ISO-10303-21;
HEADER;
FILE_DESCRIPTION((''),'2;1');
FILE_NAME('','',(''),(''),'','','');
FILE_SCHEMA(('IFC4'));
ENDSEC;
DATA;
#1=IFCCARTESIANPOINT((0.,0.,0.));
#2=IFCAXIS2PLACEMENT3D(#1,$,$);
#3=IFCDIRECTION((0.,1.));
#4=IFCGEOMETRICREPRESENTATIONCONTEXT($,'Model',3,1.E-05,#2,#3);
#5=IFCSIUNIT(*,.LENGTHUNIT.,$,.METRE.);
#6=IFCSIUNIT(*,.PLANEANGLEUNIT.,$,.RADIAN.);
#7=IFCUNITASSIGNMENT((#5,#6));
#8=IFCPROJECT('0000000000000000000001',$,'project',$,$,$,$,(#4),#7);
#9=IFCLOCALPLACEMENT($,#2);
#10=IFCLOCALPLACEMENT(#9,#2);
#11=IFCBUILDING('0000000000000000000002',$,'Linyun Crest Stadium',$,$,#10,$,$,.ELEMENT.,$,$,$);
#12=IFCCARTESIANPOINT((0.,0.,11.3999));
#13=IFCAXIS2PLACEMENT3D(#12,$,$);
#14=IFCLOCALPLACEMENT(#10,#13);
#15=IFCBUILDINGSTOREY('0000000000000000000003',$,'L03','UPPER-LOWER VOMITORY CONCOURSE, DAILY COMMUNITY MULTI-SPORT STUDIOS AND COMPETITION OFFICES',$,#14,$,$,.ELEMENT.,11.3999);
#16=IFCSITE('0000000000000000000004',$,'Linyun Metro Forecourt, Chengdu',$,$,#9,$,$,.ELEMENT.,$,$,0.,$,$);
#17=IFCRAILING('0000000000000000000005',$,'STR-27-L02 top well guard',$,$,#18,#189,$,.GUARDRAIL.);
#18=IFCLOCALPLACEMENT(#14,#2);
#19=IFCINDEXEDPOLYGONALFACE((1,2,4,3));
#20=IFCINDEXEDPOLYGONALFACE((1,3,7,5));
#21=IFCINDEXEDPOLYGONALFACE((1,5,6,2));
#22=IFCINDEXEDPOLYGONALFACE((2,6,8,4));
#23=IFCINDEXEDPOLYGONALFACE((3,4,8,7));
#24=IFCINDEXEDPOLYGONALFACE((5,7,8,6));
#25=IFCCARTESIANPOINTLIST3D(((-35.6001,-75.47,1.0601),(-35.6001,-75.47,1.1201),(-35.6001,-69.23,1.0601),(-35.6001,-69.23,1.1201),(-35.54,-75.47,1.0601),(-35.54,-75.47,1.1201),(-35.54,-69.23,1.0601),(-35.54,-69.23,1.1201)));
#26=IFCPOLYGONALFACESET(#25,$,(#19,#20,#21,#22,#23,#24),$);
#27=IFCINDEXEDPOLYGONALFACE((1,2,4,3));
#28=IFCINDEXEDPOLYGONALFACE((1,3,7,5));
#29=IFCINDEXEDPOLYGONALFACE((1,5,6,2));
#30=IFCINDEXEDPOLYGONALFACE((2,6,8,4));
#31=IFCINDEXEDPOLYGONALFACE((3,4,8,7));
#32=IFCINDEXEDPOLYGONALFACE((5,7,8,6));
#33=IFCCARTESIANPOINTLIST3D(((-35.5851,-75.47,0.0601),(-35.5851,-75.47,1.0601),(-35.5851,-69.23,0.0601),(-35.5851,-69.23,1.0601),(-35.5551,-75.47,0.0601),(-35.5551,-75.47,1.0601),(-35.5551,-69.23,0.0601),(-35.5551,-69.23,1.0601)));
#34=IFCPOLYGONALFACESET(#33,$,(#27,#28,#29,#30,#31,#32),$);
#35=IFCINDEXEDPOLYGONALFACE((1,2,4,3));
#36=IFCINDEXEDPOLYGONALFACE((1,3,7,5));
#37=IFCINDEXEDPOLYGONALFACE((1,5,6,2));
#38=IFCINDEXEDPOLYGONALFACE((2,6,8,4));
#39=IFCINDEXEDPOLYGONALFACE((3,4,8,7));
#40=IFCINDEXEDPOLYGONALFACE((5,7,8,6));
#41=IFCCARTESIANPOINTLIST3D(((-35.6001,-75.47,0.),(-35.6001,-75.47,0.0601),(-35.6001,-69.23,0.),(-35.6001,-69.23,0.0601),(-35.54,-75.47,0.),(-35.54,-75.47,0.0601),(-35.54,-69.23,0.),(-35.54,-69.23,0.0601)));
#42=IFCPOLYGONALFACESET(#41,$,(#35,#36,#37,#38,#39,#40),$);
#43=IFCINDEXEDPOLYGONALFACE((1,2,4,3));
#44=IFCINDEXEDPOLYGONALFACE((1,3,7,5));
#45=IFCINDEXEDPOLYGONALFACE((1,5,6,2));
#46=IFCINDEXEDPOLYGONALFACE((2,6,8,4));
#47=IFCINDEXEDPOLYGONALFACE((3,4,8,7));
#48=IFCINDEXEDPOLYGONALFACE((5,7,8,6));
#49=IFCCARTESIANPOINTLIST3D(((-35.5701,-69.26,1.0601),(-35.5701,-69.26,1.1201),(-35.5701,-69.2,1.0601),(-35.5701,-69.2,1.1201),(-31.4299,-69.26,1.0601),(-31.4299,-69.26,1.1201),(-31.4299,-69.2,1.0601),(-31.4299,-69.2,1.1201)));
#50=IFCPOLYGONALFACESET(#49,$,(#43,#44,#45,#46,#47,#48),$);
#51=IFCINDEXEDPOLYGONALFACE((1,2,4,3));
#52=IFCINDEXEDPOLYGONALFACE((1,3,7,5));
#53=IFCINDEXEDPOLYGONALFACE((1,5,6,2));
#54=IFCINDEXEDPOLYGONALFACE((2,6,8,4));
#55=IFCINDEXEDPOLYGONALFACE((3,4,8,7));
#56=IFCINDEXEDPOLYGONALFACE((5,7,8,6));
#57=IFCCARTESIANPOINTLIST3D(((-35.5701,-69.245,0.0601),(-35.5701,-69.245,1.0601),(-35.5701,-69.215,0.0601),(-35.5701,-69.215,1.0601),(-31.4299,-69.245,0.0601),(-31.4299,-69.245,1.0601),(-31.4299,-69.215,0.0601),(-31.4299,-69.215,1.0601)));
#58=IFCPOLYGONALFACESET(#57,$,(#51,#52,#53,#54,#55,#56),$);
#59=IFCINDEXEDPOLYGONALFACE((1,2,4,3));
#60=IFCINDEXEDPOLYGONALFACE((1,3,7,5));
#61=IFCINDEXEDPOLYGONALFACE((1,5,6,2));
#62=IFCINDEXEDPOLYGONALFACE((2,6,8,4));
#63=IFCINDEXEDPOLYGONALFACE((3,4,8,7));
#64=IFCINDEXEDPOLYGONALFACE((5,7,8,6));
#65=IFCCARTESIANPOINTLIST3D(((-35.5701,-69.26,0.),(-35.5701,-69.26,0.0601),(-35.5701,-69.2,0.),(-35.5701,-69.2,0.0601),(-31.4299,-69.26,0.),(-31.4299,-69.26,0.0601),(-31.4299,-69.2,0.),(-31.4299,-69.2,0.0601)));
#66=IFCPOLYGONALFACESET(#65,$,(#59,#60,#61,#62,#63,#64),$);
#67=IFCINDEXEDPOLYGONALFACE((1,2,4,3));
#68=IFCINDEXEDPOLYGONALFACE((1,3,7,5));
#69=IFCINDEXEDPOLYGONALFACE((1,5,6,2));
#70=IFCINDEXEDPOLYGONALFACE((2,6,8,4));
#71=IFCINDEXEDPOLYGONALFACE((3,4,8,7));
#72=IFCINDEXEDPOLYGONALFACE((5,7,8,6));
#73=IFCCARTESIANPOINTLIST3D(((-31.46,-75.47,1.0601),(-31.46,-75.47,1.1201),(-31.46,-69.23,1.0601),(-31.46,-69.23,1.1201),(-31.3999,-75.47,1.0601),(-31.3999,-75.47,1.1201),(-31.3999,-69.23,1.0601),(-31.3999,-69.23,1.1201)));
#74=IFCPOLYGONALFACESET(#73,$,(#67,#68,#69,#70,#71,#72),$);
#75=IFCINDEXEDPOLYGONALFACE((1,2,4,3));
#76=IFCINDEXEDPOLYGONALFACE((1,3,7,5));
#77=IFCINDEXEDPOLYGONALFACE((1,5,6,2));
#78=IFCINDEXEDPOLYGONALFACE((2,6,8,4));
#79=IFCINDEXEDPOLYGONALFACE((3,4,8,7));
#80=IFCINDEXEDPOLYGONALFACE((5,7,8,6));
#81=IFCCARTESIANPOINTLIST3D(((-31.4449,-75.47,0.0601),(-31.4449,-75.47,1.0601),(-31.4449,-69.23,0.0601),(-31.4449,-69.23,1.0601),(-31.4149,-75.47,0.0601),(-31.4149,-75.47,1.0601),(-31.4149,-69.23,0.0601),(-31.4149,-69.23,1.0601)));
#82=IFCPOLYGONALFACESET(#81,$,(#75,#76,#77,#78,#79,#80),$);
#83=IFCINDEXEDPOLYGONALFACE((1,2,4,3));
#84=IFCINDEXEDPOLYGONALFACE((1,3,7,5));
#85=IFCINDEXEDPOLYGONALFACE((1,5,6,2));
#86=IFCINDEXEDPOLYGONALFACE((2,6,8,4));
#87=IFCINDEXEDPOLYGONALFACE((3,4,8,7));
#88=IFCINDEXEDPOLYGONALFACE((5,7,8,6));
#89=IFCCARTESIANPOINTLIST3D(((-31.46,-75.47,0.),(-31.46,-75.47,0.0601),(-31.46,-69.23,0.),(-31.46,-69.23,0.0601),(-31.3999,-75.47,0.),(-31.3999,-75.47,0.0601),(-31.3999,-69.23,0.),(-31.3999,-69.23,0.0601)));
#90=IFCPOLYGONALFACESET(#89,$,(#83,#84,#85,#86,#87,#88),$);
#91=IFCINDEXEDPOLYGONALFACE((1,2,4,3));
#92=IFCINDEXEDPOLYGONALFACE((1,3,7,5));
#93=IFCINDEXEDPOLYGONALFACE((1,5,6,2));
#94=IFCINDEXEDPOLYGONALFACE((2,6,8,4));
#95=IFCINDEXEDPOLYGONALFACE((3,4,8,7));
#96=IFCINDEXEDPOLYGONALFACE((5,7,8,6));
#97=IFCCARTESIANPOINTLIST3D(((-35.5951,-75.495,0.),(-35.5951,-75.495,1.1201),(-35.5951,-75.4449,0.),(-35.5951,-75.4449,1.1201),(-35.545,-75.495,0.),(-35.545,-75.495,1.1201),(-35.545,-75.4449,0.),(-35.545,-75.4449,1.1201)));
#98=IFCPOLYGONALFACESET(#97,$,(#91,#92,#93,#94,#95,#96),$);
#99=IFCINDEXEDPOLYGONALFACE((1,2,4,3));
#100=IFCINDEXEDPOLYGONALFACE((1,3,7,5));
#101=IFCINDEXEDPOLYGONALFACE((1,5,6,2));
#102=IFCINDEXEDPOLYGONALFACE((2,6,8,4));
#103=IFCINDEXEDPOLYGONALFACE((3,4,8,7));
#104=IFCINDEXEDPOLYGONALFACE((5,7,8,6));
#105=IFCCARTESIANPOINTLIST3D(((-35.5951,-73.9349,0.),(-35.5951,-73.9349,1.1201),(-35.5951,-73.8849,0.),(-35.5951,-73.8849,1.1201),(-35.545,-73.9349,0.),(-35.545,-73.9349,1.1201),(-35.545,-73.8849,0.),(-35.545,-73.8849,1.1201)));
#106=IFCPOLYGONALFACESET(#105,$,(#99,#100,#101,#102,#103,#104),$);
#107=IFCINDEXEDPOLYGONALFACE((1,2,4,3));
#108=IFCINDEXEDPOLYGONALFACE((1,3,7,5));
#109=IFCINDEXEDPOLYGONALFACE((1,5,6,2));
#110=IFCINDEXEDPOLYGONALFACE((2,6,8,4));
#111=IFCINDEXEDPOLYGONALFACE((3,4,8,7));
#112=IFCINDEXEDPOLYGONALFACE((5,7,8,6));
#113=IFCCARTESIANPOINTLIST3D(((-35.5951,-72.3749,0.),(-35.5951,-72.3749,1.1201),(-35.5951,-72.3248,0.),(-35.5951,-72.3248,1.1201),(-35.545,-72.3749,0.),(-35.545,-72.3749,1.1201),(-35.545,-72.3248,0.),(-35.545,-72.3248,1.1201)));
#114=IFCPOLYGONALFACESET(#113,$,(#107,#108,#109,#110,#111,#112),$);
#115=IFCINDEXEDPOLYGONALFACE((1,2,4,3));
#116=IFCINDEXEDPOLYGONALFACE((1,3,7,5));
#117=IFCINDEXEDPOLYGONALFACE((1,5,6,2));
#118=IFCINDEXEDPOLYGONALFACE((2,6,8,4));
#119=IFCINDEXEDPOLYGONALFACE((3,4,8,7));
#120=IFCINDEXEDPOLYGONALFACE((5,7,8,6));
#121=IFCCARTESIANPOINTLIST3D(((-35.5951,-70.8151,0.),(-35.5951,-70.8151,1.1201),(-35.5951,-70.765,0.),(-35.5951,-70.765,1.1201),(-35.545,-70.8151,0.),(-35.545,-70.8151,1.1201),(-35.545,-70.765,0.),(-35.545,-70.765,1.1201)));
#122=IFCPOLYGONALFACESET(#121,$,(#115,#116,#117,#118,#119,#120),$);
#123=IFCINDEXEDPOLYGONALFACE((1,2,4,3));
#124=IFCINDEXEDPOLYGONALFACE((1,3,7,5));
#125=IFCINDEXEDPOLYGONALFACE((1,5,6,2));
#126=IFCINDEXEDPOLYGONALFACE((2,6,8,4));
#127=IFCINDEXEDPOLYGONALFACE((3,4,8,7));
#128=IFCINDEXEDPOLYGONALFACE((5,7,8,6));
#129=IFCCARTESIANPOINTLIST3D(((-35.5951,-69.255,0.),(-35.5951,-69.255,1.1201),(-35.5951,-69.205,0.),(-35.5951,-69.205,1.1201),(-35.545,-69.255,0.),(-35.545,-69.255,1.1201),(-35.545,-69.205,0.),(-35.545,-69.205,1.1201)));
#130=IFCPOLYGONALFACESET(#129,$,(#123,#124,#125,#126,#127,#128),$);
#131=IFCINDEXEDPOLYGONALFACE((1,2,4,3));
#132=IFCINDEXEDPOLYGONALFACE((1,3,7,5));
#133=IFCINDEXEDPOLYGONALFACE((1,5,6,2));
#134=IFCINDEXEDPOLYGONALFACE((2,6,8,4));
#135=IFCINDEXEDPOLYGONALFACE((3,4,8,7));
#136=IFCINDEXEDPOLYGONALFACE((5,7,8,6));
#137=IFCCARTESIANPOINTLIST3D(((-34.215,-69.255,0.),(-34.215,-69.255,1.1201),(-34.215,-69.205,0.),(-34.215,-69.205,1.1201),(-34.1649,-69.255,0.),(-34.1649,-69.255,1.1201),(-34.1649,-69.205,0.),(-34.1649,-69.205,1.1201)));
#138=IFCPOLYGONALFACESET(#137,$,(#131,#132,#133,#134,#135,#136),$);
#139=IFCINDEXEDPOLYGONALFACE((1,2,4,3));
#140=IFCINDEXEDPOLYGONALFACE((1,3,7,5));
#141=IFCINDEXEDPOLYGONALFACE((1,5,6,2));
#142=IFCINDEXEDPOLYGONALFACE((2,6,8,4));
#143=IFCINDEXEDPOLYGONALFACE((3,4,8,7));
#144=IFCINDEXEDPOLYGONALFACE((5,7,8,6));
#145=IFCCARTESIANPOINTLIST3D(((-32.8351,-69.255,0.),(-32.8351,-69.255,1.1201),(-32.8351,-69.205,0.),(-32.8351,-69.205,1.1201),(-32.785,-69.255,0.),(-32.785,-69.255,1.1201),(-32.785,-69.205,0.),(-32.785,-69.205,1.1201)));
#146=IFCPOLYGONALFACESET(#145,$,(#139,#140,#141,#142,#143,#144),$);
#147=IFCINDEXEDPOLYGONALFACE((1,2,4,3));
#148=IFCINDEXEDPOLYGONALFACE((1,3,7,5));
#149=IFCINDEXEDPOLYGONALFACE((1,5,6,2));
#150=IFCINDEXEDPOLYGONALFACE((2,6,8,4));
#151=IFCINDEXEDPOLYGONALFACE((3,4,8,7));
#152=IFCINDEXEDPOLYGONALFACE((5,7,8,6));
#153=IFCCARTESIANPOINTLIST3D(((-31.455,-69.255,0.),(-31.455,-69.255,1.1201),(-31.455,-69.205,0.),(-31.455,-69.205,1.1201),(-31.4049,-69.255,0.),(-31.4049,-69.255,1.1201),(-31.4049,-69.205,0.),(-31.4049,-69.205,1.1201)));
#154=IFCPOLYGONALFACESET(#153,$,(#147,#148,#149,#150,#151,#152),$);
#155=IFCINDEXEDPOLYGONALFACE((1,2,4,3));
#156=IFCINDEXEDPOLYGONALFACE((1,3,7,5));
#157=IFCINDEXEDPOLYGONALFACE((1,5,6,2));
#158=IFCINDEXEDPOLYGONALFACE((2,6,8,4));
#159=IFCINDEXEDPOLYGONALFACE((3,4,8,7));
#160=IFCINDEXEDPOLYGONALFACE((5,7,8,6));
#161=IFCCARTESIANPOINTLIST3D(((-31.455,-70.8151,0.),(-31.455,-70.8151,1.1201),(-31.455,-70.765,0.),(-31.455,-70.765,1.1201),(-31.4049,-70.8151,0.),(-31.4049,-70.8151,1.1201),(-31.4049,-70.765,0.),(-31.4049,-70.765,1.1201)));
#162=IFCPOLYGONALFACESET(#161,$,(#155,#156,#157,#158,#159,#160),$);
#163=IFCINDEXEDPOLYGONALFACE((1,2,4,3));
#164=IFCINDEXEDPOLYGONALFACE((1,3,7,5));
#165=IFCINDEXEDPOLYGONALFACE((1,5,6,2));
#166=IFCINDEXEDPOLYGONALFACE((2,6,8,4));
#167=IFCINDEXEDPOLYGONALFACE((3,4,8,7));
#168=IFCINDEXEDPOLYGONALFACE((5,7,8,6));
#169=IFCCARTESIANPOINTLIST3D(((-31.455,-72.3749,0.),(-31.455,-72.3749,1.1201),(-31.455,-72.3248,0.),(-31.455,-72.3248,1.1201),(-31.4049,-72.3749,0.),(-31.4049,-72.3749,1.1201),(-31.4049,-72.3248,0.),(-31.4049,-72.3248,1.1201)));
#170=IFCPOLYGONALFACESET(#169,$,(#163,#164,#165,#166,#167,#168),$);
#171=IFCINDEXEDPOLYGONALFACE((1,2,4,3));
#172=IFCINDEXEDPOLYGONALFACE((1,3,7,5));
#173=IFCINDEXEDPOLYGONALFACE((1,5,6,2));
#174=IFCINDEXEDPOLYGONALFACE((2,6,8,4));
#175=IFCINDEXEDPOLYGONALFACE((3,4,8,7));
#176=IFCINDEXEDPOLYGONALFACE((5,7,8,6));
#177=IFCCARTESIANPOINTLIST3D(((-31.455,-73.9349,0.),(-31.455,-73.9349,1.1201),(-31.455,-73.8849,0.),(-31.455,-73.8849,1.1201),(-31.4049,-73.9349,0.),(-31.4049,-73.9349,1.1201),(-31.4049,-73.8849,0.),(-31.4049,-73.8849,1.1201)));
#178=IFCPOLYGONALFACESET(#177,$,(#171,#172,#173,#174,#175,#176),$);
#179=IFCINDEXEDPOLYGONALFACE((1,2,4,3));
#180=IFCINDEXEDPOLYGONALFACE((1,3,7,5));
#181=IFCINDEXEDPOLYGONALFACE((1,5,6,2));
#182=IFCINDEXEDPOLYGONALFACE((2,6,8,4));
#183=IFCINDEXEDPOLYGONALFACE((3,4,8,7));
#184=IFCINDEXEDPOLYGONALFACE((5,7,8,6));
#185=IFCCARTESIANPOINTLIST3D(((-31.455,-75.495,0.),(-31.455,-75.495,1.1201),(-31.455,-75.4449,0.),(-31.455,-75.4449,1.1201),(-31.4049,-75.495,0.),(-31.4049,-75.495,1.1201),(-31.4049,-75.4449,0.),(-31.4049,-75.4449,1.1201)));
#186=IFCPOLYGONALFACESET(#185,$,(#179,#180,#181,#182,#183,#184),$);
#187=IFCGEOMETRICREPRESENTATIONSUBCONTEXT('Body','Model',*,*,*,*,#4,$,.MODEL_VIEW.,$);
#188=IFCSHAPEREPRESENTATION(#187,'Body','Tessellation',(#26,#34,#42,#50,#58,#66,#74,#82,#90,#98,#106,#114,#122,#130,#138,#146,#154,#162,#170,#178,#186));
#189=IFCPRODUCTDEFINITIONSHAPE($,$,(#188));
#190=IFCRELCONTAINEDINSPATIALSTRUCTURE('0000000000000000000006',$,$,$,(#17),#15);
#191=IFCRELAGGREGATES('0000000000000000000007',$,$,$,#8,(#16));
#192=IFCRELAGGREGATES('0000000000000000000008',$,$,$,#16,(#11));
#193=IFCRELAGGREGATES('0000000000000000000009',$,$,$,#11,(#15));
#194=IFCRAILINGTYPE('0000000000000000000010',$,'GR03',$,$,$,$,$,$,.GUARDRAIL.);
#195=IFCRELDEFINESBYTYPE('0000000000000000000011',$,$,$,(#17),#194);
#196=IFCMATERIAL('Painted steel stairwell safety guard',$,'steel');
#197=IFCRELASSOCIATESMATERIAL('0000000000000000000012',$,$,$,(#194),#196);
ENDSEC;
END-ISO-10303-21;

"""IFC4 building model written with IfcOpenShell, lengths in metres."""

from ifc_helpers import new_model, si_unit, direction, frame, origin, origin_2d, place, context, subcontext, project, spatial, rectangle, extrude, material, type_object, element, save


model = new_model("IFC4")

# Units and contexts
model_context = context("Model", 3, precision=1e-05, world=origin(), true_north=direction((0.0, 1.0)))
body_context = subcontext(model_context, "Body", "Model", "MODEL_VIEW")
ifc_project = project(units=[si_unit("LENGTHUNIT", "METRE"), si_unit("PLANEANGLEUNIT", "RADIAN")], contexts=[model_context])

# Site, building, storey
site_placement = place(None, origin())
site = spatial("IfcSite", under=ifc_project, at=site_placement, Name="Linyun Metro Forecourt, Chengdu", CompositionType="ELEMENT", RefElevation=0.0)
building_placement = place(site_placement, origin())
building = spatial("IfcBuilding", under=site, at=building_placement, Name="Linyun Crest Stadium", CompositionType="ELEMENT")
storey_placement = place(building_placement, frame((0.0, 0.0, 11.3999)))
storey = spatial("IfcBuildingStorey", under=building, at=storey_placement, Name="L03", Description="UPPER-LOWER VOMITORY CONCOURSE, DAILY COMMUNITY MULTI-SPORT STUDIOS AND COMPETITION OFFICES", CompositionType="ELEMENT", Elevation=11.3999)

# Railing
ifc_material_1 = material(Name="Painted steel stairwell safety guard", Category="steel")
railing_type_1 = type_object("IfcRailingType", Name="GR03", PredefinedType="GUARDRAIL", material=ifc_material_1)
railing_1_placement = place(storey_placement, frame((-35.5701, -75.47, 0.0)))
element("IfcRailing", 1, at=railing_1_placement, inside=storey, type_object=railing_type_1, Name="STR-27-L02 top well guard", PredefinedType="GUARDRAIL", context=body_context, shape_type="SweptSolid", body=[
    extrude(rectangle(XDim=0.0601, YDim=0.0601, at=origin_2d()), frame((0.0, 0.0, 1.0901), z_axis=(0.0, 1.0, 0.0), x_axis=(-1.0, 0.0, 0.0)), (0.0, 0.0, 1.0), 6.24),
    extrude(rectangle(XDim=0.03, YDim=1.0, at=origin_2d()), frame((0.0, 0.0, 0.5601), z_axis=(0.0, 1.0, 0.0), x_axis=(-1.0, 0.0, 0.0)), (0.0, 0.0, 1.0), 6.24),
    extrude(rectangle(XDim=0.0601, YDim=0.0601, at=origin_2d()), frame((0.0, 0.0, 0.03), z_axis=(0.0, 1.0, 0.0), x_axis=(-1.0, 0.0, 0.0)), (0.0, 0.0, 1.0), 6.24),
    extrude(rectangle(XDim=0.0601, YDim=0.0601, at=origin_2d()), frame((0.0, 6.24, 1.0901), z_axis=(1.0, 0.0, 0.0), x_axis=(0.0, 1.0, 0.0)), (0.0, 0.0, 1.0), 4.1401),
    extrude(rectangle(XDim=0.03, YDim=1.0, at=origin_2d()), frame((0.0, 6.24, 0.5601), z_axis=(1.0, 0.0, 0.0), x_axis=(0.0, 1.0, 0.0)), (0.0, 0.0, 1.0), 4.1401),
    extrude(rectangle(XDim=0.0601, YDim=0.0601, at=origin_2d()), frame((0.0, 6.24, 0.03), z_axis=(1.0, 0.0, 0.0), x_axis=(0.0, 1.0, 0.0)), (0.0, 0.0, 1.0), 4.1401),
    extrude(rectangle(XDim=0.0601, YDim=0.0601, at=origin_2d()), frame((4.1401, 6.24, 1.0901), z_axis=(0.0, -1.0, 0.0), x_axis=(1.0, 0.0, 0.0)), (0.0, 0.0, 1.0), 6.24),
    extrude(rectangle(XDim=0.03, YDim=1.0, at=origin_2d()), frame((4.1401, 6.24, 0.5601), z_axis=(0.0, -1.0, 0.0), x_axis=(1.0, 0.0, 0.0)), (0.0, 0.0, 1.0), 6.24),
    extrude(rectangle(XDim=0.0601, YDim=0.0601, at=origin_2d()), frame((4.1401, 6.24, 0.03), z_axis=(0.0, -1.0, 0.0), x_axis=(1.0, 0.0, 0.0)), (0.0, 0.0, 1.0), 6.24),
    extrude(rectangle(XDim=0.05, YDim=0.05, at=origin_2d()), origin(), (0.0, 0.0, 1.0), 1.1201),
    extrude(rectangle(XDim=0.05, YDim=0.05, at=origin_2d()), frame((0.0, 1.5601, 0.0)), (0.0, 0.0, 1.0), 1.1201),
    extrude(rectangle(XDim=0.05, YDim=0.05, at=origin_2d()), frame((0.0, 3.1201, 0.0)), (0.0, 0.0, 1.0), 1.1201),
    extrude(rectangle(XDim=0.05, YDim=0.05, at=origin_2d()), frame((0.0, 4.6799, 0.0)), (0.0, 0.0, 1.0), 1.1201),
    extrude(rectangle(XDim=0.05, YDim=0.05, at=origin_2d()), frame((0.0, 6.24, 0.0)), (0.0, 0.0, 1.0), 1.1201),
    extrude(rectangle(XDim=0.05, YDim=0.05, at=origin_2d()), frame((1.3801, 6.24, 0.0)), (0.0, 0.0, 1.0), 1.1201),
    extrude(rectangle(XDim=0.05, YDim=0.05, at=origin_2d()), frame((2.76, 6.24, 0.0)), (0.0, 0.0, 1.0), 1.1201),
    extrude(rectangle(XDim=0.05, YDim=0.05, at=origin_2d()), frame((4.1401, 6.24, 0.0)), (0.0, 0.0, 1.0), 1.1201),
    extrude(rectangle(XDim=0.05, YDim=0.05, at=origin_2d()), frame((4.1401, 4.6799, 0.0)), (0.0, 0.0, 1.0), 1.1201),
    extrude(rectangle(XDim=0.05, YDim=0.05, at=origin_2d()), frame((4.1401, 3.1201, 0.0)), (0.0, 0.0, 1.0), 1.1201),
    extrude(rectangle(XDim=0.05, YDim=0.05, at=origin_2d()), frame((4.1401, 1.5601, 0.0)), (0.0, 0.0, 1.0), 1.1201),
    extrude(rectangle(XDim=0.05, YDim=0.05, at=origin_2d()), frame((4.1401, 0.0, 0.0)), (0.0, 0.0, 1.0), 1.1201),
])

save(model, "model.ifc")
